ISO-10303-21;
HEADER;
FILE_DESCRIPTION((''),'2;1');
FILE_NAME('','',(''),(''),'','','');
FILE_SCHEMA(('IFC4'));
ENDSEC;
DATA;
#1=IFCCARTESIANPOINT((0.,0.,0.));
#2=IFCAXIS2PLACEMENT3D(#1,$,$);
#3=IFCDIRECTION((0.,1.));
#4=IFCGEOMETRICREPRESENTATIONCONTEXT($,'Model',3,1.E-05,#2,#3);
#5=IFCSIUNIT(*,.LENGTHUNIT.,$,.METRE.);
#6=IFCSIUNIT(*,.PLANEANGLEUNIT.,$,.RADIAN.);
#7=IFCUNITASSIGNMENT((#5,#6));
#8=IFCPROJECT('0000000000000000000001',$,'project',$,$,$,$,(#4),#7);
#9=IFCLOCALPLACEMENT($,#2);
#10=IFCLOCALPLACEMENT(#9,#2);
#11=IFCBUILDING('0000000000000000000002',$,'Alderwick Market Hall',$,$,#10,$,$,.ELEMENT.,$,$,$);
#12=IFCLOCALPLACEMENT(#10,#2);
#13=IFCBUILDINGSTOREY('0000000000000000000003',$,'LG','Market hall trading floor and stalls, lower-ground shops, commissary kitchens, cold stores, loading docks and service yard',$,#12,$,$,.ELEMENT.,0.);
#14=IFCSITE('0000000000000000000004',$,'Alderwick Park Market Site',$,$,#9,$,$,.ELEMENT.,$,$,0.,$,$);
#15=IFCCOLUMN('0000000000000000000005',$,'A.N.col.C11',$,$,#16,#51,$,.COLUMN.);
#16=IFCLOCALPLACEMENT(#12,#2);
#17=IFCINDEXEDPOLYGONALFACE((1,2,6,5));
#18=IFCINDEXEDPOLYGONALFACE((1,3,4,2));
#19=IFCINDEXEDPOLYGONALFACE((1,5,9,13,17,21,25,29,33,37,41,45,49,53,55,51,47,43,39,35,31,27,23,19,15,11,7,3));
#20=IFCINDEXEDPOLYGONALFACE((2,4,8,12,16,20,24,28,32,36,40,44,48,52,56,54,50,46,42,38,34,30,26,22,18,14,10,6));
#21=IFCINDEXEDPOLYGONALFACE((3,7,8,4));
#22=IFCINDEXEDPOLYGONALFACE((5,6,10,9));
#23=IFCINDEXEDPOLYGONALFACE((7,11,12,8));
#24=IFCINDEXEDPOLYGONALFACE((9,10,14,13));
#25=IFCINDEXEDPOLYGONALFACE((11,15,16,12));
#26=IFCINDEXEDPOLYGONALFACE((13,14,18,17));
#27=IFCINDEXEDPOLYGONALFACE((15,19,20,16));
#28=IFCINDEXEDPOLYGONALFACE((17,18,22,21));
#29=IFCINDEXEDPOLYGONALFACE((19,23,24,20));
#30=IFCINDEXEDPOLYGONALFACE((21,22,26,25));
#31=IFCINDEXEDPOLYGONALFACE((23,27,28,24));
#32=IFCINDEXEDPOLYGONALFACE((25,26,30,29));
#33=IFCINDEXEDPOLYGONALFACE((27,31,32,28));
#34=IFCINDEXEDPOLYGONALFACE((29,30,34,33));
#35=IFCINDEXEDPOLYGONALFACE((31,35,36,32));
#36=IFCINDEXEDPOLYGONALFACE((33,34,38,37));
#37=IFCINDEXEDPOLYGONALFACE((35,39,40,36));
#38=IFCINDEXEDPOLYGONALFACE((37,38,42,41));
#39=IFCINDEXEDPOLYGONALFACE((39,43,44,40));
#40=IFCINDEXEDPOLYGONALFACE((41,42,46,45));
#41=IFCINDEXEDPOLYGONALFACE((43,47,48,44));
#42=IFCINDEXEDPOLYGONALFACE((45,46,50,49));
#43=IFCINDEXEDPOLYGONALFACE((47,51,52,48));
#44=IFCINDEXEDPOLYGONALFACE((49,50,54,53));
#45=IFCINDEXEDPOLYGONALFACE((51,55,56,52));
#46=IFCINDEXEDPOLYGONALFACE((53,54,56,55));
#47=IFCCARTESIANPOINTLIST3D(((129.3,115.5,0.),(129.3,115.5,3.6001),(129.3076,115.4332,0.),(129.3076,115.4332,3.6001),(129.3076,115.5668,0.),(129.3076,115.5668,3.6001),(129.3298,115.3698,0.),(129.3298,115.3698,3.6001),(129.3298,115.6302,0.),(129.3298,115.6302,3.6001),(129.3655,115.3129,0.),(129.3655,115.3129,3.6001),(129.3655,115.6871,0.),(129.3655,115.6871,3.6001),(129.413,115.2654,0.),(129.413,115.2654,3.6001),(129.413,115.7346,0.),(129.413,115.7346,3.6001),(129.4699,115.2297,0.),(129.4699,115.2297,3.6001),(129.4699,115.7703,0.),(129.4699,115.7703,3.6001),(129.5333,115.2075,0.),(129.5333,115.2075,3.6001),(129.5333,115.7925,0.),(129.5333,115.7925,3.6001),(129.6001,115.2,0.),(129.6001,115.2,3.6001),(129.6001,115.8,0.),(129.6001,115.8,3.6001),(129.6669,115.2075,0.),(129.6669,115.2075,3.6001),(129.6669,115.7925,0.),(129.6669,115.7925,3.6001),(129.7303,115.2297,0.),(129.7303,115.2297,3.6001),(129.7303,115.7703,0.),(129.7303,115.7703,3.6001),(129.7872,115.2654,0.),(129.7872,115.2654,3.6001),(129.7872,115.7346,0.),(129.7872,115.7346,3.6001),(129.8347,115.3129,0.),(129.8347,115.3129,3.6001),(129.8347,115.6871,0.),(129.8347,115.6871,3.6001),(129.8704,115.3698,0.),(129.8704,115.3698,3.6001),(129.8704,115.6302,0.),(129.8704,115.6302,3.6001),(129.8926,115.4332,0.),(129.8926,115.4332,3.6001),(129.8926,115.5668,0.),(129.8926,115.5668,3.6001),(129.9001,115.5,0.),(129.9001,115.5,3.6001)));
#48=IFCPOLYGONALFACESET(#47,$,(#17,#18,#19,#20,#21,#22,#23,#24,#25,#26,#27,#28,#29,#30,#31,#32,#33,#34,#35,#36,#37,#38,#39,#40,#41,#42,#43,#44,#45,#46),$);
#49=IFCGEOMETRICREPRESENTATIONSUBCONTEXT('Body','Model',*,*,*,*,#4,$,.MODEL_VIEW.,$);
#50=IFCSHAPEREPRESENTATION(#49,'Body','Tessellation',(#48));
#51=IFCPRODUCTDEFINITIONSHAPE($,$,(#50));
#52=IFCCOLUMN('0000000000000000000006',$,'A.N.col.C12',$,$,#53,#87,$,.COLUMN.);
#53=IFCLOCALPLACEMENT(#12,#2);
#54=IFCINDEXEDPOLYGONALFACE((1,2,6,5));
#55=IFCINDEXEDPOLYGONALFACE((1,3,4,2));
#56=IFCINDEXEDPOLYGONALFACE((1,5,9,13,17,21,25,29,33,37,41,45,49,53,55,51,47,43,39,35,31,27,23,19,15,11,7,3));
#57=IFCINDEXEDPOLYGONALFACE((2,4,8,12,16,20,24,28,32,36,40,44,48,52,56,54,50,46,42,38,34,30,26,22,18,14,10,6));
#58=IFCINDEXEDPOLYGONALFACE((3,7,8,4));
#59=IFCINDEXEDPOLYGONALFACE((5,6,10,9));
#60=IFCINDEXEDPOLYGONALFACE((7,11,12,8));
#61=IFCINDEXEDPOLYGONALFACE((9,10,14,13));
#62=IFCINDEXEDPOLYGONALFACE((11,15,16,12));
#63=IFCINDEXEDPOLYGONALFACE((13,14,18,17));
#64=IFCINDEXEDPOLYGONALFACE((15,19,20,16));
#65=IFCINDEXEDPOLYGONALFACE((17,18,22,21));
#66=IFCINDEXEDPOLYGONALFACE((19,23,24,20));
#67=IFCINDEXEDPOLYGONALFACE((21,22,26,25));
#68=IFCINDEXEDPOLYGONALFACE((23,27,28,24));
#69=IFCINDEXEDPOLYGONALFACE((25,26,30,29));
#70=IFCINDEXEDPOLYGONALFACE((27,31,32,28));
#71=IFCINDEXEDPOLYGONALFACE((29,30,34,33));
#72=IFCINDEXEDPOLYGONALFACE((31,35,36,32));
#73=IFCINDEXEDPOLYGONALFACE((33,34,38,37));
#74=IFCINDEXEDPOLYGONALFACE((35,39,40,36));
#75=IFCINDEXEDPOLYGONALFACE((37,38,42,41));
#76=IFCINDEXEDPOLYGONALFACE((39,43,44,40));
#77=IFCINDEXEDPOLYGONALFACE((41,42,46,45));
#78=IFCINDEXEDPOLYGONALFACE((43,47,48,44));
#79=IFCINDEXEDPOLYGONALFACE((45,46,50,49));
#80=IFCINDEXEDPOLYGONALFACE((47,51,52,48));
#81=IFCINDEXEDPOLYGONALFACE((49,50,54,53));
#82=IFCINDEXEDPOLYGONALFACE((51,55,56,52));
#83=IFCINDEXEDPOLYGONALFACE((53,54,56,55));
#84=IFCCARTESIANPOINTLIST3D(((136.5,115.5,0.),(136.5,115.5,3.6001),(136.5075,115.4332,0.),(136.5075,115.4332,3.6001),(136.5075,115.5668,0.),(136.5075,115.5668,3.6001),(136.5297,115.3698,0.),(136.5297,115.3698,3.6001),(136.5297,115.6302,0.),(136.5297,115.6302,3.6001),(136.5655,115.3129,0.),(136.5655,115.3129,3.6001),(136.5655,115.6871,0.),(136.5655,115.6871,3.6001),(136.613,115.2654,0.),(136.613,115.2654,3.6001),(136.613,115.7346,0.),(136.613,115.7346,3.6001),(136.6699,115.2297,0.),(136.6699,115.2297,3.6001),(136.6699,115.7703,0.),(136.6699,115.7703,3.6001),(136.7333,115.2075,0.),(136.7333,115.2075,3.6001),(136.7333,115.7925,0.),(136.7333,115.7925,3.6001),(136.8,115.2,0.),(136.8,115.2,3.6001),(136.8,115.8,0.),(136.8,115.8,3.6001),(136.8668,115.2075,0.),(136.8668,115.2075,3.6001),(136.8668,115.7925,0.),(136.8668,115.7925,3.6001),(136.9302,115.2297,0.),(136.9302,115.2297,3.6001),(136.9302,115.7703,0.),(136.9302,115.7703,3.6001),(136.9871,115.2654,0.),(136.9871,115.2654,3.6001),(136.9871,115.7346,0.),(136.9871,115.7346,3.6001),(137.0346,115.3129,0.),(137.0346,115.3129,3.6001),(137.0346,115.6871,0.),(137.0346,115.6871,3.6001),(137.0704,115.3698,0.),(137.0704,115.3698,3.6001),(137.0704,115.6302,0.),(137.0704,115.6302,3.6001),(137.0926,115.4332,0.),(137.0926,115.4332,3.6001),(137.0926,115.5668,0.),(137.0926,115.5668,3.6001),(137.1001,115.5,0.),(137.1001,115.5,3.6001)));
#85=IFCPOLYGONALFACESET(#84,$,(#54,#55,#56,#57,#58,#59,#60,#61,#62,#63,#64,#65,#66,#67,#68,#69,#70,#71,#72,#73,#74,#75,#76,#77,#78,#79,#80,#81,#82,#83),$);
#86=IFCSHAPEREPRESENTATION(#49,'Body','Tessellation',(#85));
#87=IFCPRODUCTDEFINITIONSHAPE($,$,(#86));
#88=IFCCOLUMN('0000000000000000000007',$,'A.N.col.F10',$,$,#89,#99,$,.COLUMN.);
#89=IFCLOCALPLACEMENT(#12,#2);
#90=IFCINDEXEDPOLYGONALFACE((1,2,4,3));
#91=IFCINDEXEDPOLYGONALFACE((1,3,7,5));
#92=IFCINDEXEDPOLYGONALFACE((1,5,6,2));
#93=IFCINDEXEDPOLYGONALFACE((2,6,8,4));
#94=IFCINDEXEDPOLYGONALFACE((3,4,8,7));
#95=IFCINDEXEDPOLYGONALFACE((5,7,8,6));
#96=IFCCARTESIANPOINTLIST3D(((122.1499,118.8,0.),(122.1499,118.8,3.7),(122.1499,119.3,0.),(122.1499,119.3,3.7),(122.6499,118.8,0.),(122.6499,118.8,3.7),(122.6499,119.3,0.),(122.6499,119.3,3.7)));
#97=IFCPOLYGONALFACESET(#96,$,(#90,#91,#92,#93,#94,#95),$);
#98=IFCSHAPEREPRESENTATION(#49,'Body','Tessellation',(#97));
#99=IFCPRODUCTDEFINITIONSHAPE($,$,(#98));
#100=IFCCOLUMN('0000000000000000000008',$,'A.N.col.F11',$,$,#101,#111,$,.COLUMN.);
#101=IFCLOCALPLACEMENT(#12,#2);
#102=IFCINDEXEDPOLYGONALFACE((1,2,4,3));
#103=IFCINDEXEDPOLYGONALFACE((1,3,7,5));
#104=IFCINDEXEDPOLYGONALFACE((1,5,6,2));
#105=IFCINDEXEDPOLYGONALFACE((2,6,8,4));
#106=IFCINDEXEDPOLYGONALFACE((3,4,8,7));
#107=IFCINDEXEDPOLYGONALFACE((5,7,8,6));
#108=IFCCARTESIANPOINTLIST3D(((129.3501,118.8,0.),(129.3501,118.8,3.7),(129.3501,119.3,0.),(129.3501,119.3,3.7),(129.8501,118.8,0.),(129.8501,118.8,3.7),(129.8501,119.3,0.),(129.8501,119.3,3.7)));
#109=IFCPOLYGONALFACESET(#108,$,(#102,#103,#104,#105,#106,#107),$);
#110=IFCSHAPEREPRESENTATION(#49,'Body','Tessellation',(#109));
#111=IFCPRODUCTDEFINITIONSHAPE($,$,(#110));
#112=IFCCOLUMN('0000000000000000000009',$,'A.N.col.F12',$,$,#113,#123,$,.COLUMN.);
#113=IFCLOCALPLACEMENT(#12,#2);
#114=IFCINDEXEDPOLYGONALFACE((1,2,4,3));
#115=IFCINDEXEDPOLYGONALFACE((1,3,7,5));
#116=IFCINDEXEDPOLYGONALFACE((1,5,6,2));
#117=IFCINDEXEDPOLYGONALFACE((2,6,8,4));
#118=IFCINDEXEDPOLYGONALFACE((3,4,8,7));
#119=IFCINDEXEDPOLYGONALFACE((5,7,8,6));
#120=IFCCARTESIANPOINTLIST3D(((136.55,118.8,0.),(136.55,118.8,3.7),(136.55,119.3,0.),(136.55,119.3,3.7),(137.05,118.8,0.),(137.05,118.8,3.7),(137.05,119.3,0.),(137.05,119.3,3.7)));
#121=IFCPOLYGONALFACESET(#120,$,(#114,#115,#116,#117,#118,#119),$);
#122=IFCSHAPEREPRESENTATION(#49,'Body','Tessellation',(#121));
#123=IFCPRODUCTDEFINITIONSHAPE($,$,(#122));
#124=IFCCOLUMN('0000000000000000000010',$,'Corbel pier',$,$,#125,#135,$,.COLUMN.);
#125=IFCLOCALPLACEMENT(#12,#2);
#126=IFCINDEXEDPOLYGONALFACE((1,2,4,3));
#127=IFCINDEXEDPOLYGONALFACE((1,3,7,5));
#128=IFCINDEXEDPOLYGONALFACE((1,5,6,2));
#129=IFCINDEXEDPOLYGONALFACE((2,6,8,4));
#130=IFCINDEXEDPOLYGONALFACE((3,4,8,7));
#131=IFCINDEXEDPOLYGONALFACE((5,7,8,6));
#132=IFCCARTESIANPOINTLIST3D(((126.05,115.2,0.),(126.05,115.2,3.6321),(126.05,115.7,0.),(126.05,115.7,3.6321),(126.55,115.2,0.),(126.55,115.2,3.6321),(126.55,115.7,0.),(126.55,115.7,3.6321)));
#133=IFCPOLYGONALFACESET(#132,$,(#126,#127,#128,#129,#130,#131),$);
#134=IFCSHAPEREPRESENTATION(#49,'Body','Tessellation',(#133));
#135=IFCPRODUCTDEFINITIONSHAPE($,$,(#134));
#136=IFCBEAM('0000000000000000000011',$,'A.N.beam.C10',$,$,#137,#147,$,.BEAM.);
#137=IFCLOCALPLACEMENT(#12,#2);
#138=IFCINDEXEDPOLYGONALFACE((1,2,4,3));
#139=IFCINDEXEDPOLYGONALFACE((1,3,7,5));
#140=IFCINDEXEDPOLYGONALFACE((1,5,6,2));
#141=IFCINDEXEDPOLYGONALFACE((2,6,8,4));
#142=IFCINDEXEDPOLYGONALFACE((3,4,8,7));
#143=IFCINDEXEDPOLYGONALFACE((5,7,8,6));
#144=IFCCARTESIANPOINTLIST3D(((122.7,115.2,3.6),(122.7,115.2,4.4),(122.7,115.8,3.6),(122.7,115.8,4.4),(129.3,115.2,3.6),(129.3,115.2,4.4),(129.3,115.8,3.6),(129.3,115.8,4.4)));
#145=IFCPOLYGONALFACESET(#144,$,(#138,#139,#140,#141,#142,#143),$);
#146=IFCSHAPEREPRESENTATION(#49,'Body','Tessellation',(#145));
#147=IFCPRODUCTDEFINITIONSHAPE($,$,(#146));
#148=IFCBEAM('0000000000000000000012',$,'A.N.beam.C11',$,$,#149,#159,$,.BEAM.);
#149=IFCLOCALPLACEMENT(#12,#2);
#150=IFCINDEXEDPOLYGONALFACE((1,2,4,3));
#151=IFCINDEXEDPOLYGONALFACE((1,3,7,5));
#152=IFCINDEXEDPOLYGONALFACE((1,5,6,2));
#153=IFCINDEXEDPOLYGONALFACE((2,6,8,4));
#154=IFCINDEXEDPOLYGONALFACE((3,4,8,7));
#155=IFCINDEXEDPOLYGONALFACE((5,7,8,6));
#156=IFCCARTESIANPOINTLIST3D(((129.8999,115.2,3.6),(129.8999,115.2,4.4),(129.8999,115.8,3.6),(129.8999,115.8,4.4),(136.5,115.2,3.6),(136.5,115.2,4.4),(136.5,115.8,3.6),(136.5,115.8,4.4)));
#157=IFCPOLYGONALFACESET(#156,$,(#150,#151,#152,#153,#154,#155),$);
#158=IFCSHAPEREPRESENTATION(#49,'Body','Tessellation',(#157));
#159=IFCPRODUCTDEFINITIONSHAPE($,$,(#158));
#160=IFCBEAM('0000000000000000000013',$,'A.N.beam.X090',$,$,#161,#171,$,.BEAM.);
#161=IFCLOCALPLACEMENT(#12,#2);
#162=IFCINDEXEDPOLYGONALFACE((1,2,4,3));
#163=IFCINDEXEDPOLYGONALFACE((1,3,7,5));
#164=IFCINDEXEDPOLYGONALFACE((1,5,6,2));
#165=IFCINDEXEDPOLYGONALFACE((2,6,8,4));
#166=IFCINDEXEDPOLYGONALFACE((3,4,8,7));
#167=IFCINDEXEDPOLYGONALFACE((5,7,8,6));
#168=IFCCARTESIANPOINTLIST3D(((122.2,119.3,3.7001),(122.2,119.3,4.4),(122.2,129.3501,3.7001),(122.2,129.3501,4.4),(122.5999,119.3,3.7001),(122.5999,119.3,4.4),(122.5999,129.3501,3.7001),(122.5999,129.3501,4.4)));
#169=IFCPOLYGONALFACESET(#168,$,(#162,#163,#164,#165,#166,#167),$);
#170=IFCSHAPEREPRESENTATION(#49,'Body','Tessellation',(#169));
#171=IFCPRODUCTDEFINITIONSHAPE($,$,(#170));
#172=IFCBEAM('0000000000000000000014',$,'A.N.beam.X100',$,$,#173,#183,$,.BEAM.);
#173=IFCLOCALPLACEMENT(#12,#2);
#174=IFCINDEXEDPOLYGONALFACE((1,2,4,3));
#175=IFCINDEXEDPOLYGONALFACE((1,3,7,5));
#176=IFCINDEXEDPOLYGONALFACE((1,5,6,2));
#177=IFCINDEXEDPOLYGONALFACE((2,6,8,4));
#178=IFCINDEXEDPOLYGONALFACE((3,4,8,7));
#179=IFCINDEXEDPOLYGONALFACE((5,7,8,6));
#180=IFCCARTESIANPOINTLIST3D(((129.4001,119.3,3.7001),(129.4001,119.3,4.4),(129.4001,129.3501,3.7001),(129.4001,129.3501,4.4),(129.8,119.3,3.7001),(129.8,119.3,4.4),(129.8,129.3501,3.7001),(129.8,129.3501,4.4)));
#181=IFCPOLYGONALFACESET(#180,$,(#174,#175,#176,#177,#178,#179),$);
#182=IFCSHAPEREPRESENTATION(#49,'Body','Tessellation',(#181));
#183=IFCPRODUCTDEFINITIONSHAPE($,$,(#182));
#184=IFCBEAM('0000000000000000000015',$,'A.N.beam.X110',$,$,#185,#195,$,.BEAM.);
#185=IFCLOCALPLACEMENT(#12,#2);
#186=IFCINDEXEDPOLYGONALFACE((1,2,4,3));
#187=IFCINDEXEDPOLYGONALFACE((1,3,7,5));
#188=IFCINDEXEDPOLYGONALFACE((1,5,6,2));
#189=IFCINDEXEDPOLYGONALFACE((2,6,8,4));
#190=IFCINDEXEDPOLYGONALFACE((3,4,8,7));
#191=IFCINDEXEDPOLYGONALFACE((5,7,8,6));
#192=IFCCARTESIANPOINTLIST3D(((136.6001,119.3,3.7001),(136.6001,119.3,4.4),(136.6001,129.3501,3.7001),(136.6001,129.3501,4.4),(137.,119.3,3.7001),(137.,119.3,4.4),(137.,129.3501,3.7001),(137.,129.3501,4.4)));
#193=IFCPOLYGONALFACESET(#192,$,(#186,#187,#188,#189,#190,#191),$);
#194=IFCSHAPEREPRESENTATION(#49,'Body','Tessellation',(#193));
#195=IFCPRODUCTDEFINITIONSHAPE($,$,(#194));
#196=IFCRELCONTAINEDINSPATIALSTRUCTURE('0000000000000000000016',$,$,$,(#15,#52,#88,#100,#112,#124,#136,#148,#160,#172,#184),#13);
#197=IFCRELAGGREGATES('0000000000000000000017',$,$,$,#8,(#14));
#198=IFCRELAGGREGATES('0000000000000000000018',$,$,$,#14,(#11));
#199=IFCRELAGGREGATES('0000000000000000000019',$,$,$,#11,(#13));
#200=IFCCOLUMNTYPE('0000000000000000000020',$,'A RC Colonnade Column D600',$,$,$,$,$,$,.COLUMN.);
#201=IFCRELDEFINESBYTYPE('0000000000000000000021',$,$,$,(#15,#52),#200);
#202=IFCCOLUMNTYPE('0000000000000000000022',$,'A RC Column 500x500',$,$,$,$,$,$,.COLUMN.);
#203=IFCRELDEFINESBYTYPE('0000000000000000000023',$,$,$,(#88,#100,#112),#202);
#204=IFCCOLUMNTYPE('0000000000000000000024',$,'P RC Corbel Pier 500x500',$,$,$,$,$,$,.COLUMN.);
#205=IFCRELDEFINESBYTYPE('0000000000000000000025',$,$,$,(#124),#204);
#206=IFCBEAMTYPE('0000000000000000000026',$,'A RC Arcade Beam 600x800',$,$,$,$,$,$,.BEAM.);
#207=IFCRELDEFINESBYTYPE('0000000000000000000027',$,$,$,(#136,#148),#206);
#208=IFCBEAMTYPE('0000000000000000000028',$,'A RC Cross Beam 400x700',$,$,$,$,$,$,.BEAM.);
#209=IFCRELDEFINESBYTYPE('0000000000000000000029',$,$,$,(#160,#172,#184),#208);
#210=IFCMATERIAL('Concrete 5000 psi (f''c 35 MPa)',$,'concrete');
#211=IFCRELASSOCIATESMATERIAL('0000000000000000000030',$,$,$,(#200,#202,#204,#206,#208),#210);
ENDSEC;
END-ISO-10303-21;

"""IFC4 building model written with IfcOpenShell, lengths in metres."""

from ifc_helpers import new_model, si_unit, direction, frame, origin, origin_2d, place, context, subcontext, project, spatial, rectangle, circle, extrude, material, material_profile, profile_set, type_object, element, save


model = new_model("IFC4")

# Units and contexts
model_context = context("Model", 3, precision=1e-05, world=origin(), true_north=direction((0.0, 1.0)))
body_context = subcontext(model_context, "Body", "Model", "MODEL_VIEW")
ifc_project = project(units=[si_unit("LENGTHUNIT", "METRE"), si_unit("PLANEANGLEUNIT", "RADIAN")], contexts=[model_context])

# Site, building, storey
site_placement = place(None, origin())
site = spatial("IfcSite", under=ifc_project, at=site_placement, Name="Alderwick Park Market Site", CompositionType="ELEMENT", RefElevation=0.0)
building_placement = place(site_placement, origin())
building = spatial("IfcBuilding", under=site, at=building_placement, Name="Alderwick Market Hall", CompositionType="ELEMENT")
storey_placement = place(building_placement, origin())
storey = spatial("IfcBuildingStorey", under=building, at=storey_placement, Name="LG", Description="Market hall trading floor and stalls, lower-ground shops, commissary kitchens, cold stores, loading docks and service yard", CompositionType="ELEMENT", Elevation=0.0)

# Columns
ifc_material_1 = material(Name="Concrete 5000 psi (f'c 35 MPa)", Category="concrete")
ifc_material_profile_1 = material_profile(ifc_material_1, circle(Radius=0.3, at=origin_2d()), Name="A RC Colonnade Column D600")
ifc_profile_set_1 = profile_set([ifc_material_profile_1], Name="Concrete 5000 psi (f'c 35 MPa)")
column_type_1 = type_object("IfcColumnType", Name="A RC Colonnade Column D600", PredefinedType="COLUMN", material=ifc_profile_set_1)
for number, where, z_axis, x_axis, name in (
    (1, (129.6001, 115.5, 0.0), (0.0, 0.0, 1.0), (1.0, 0.0, 0.0), "A.N.col.C11"),
    (2, (136.8, 115.5, 0.0), (0.0, 0.0, 1.0), (1.0, 0.0, 0.0), "A.N.col.C12"),
):
    element("IfcColumn", number, at=place(storey_placement, frame(where, z_axis=z_axis, x_axis=x_axis)), inside=storey, type_object=column_type_1, Name=name, PredefinedType="COLUMN", context=body_context, shape_type="SweptSolid", body=[
        extrude(circle(Radius=0.3, at=origin_2d()), origin(), (0.0, 0.0, 1.0), 3.6001),
    ])
ifc_material_profile_2 = material_profile(ifc_material_1, rectangle(XDim=0.5, YDim=0.5, at=origin_2d()), Name="A RC Column 500x500")
ifc_profile_set_2 = profile_set([ifc_material_profile_2], Name="Concrete 5000 psi (f'c 35 MPa)")
column_type_2 = type_object("IfcColumnType", Name="A RC Column 500x500", PredefinedType="COLUMN", material=ifc_profile_set_2)
for number, where, z_axis, x_axis, name in (
    (3, (122.3999, 119.05, 0.0), (0.0, 0.0, 1.0), (1.0, 0.0, 0.0), "A.N.col.F10"),
    (4, (129.6001, 119.05, 0.0), (0.0, 0.0, 1.0), (1.0, 0.0, 0.0), "A.N.col.F11"),
    (5, (136.8, 119.05, 0.0), (0.0, 0.0, 1.0), (1.0, 0.0, 0.0), "A.N.col.F12"),
):
    element("IfcColumn", number, at=place(storey_placement, frame(where, z_axis=z_axis, x_axis=x_axis)), inside=storey, type_object=column_type_2, Name=name, PredefinedType="COLUMN", context=body_context, shape_type="SweptSolid", body=[
        extrude(rectangle(XDim=0.5, YDim=0.5, at=origin_2d()), origin(), (0.0, 0.0, 1.0), 3.7),
    ])
ifc_material_profile_3 = material_profile(ifc_material_1, rectangle(XDim=0.5, YDim=0.5, at=origin_2d()), Name="P RC Corbel Pier 500x500")
ifc_profile_set_3 = profile_set([ifc_material_profile_3], Name="Concrete 5000 psi (f'c 35 MPa)")
column_type_3 = type_object("IfcColumnType", Name="P RC Corbel Pier 500x500", PredefinedType="COLUMN", material=ifc_profile_set_3)
column_placement = place(storey_placement, frame((126.3, 115.45, 0.0), z_axis=(0.0, 0.0, 1.0), x_axis=(1.0, 0.0, 0.0)))
element("IfcColumn", 6, at=column_placement, inside=storey, type_object=column_type_3, Name="Corbel pier", PredefinedType="COLUMN", context=body_context, shape_type="SweptSolid", body=[
    extrude(rectangle(XDim=0.5, YDim=0.5, at=origin_2d()), origin(), (0.0, 0.0, 1.0), 3.6321),
])

# Beams
ifc_material_profile_4 = material_profile(ifc_material_1, rectangle(XDim=0.6001, YDim=0.8, at=origin_2d()), Name="A RC Arcade Beam 600x800")
ifc_profile_set_4 = profile_set([ifc_material_profile_4], Name="Concrete 5000 psi (f'c 35 MPa)")
beam_type_1 = type_object("IfcBeamType", Name="A RC Arcade Beam 600x800", PredefinedType="BEAM", material=ifc_profile_set_4)
for number, where, z_axis, x_axis, name in (
    (7, (122.7, 115.5, 4.0), (1.0, 0.0, 0.0), (0.0, 1.0, 0.0), "A.N.beam.C10"),
    (8, (129.8999, 115.5, 4.0), (1.0, 0.0, 0.0), (0.0, 1.0, 0.0), "A.N.beam.C11"),
):
    element("IfcBeam", number, at=place(storey_placement, frame(where, z_axis=z_axis, x_axis=x_axis)), inside=storey, type_object=beam_type_1, Name=name, PredefinedType="BEAM", context=body_context, shape_type="SweptSolid", body=[
        extrude(rectangle(XDim=0.6001, YDim=0.8, at=origin_2d()), origin(), (0.0, 0.0, 1.0), 6.6001),
    ])
ifc_material_profile_5 = material_profile(ifc_material_1, rectangle(XDim=0.3999, YDim=0.7, at=origin_2d()), Name="A RC Cross Beam 400x700")
ifc_profile_set_5 = profile_set([ifc_material_profile_5], Name="Concrete 5000 psi (f'c 35 MPa)")
beam_type_2 = type_object("IfcBeamType", Name="A RC Cross Beam 400x700", PredefinedType="BEAM", material=ifc_profile_set_5)
for number, where, z_axis, x_axis, name in (
    (9, (122.3999, 119.3, 4.05), (0.0, 1.0, 0.0), (-1.0, 0.0, 0.0), "A.N.beam.X090"),
    (10, (129.6001, 119.3, 4.05), (0.0, 1.0, 0.0), (-1.0, 0.0, 0.0), "A.N.beam.X100"),
    (11, (136.8, 119.3, 4.05), (0.0, 1.0, 0.0), (-1.0, 0.0, 0.0), "A.N.beam.X110"),
):
    element("IfcBeam", number, at=place(storey_placement, frame(where, z_axis=z_axis, x_axis=x_axis)), inside=storey, type_object=beam_type_2, Name=name, PredefinedType="BEAM", context=body_context, shape_type="SweptSolid", body=[
        extrude(rectangle(XDim=0.3999, YDim=0.7, at=origin_2d()), origin(), (0.0, 0.0, 1.0), 10.05),
    ])

save(model, "model.ifc")
